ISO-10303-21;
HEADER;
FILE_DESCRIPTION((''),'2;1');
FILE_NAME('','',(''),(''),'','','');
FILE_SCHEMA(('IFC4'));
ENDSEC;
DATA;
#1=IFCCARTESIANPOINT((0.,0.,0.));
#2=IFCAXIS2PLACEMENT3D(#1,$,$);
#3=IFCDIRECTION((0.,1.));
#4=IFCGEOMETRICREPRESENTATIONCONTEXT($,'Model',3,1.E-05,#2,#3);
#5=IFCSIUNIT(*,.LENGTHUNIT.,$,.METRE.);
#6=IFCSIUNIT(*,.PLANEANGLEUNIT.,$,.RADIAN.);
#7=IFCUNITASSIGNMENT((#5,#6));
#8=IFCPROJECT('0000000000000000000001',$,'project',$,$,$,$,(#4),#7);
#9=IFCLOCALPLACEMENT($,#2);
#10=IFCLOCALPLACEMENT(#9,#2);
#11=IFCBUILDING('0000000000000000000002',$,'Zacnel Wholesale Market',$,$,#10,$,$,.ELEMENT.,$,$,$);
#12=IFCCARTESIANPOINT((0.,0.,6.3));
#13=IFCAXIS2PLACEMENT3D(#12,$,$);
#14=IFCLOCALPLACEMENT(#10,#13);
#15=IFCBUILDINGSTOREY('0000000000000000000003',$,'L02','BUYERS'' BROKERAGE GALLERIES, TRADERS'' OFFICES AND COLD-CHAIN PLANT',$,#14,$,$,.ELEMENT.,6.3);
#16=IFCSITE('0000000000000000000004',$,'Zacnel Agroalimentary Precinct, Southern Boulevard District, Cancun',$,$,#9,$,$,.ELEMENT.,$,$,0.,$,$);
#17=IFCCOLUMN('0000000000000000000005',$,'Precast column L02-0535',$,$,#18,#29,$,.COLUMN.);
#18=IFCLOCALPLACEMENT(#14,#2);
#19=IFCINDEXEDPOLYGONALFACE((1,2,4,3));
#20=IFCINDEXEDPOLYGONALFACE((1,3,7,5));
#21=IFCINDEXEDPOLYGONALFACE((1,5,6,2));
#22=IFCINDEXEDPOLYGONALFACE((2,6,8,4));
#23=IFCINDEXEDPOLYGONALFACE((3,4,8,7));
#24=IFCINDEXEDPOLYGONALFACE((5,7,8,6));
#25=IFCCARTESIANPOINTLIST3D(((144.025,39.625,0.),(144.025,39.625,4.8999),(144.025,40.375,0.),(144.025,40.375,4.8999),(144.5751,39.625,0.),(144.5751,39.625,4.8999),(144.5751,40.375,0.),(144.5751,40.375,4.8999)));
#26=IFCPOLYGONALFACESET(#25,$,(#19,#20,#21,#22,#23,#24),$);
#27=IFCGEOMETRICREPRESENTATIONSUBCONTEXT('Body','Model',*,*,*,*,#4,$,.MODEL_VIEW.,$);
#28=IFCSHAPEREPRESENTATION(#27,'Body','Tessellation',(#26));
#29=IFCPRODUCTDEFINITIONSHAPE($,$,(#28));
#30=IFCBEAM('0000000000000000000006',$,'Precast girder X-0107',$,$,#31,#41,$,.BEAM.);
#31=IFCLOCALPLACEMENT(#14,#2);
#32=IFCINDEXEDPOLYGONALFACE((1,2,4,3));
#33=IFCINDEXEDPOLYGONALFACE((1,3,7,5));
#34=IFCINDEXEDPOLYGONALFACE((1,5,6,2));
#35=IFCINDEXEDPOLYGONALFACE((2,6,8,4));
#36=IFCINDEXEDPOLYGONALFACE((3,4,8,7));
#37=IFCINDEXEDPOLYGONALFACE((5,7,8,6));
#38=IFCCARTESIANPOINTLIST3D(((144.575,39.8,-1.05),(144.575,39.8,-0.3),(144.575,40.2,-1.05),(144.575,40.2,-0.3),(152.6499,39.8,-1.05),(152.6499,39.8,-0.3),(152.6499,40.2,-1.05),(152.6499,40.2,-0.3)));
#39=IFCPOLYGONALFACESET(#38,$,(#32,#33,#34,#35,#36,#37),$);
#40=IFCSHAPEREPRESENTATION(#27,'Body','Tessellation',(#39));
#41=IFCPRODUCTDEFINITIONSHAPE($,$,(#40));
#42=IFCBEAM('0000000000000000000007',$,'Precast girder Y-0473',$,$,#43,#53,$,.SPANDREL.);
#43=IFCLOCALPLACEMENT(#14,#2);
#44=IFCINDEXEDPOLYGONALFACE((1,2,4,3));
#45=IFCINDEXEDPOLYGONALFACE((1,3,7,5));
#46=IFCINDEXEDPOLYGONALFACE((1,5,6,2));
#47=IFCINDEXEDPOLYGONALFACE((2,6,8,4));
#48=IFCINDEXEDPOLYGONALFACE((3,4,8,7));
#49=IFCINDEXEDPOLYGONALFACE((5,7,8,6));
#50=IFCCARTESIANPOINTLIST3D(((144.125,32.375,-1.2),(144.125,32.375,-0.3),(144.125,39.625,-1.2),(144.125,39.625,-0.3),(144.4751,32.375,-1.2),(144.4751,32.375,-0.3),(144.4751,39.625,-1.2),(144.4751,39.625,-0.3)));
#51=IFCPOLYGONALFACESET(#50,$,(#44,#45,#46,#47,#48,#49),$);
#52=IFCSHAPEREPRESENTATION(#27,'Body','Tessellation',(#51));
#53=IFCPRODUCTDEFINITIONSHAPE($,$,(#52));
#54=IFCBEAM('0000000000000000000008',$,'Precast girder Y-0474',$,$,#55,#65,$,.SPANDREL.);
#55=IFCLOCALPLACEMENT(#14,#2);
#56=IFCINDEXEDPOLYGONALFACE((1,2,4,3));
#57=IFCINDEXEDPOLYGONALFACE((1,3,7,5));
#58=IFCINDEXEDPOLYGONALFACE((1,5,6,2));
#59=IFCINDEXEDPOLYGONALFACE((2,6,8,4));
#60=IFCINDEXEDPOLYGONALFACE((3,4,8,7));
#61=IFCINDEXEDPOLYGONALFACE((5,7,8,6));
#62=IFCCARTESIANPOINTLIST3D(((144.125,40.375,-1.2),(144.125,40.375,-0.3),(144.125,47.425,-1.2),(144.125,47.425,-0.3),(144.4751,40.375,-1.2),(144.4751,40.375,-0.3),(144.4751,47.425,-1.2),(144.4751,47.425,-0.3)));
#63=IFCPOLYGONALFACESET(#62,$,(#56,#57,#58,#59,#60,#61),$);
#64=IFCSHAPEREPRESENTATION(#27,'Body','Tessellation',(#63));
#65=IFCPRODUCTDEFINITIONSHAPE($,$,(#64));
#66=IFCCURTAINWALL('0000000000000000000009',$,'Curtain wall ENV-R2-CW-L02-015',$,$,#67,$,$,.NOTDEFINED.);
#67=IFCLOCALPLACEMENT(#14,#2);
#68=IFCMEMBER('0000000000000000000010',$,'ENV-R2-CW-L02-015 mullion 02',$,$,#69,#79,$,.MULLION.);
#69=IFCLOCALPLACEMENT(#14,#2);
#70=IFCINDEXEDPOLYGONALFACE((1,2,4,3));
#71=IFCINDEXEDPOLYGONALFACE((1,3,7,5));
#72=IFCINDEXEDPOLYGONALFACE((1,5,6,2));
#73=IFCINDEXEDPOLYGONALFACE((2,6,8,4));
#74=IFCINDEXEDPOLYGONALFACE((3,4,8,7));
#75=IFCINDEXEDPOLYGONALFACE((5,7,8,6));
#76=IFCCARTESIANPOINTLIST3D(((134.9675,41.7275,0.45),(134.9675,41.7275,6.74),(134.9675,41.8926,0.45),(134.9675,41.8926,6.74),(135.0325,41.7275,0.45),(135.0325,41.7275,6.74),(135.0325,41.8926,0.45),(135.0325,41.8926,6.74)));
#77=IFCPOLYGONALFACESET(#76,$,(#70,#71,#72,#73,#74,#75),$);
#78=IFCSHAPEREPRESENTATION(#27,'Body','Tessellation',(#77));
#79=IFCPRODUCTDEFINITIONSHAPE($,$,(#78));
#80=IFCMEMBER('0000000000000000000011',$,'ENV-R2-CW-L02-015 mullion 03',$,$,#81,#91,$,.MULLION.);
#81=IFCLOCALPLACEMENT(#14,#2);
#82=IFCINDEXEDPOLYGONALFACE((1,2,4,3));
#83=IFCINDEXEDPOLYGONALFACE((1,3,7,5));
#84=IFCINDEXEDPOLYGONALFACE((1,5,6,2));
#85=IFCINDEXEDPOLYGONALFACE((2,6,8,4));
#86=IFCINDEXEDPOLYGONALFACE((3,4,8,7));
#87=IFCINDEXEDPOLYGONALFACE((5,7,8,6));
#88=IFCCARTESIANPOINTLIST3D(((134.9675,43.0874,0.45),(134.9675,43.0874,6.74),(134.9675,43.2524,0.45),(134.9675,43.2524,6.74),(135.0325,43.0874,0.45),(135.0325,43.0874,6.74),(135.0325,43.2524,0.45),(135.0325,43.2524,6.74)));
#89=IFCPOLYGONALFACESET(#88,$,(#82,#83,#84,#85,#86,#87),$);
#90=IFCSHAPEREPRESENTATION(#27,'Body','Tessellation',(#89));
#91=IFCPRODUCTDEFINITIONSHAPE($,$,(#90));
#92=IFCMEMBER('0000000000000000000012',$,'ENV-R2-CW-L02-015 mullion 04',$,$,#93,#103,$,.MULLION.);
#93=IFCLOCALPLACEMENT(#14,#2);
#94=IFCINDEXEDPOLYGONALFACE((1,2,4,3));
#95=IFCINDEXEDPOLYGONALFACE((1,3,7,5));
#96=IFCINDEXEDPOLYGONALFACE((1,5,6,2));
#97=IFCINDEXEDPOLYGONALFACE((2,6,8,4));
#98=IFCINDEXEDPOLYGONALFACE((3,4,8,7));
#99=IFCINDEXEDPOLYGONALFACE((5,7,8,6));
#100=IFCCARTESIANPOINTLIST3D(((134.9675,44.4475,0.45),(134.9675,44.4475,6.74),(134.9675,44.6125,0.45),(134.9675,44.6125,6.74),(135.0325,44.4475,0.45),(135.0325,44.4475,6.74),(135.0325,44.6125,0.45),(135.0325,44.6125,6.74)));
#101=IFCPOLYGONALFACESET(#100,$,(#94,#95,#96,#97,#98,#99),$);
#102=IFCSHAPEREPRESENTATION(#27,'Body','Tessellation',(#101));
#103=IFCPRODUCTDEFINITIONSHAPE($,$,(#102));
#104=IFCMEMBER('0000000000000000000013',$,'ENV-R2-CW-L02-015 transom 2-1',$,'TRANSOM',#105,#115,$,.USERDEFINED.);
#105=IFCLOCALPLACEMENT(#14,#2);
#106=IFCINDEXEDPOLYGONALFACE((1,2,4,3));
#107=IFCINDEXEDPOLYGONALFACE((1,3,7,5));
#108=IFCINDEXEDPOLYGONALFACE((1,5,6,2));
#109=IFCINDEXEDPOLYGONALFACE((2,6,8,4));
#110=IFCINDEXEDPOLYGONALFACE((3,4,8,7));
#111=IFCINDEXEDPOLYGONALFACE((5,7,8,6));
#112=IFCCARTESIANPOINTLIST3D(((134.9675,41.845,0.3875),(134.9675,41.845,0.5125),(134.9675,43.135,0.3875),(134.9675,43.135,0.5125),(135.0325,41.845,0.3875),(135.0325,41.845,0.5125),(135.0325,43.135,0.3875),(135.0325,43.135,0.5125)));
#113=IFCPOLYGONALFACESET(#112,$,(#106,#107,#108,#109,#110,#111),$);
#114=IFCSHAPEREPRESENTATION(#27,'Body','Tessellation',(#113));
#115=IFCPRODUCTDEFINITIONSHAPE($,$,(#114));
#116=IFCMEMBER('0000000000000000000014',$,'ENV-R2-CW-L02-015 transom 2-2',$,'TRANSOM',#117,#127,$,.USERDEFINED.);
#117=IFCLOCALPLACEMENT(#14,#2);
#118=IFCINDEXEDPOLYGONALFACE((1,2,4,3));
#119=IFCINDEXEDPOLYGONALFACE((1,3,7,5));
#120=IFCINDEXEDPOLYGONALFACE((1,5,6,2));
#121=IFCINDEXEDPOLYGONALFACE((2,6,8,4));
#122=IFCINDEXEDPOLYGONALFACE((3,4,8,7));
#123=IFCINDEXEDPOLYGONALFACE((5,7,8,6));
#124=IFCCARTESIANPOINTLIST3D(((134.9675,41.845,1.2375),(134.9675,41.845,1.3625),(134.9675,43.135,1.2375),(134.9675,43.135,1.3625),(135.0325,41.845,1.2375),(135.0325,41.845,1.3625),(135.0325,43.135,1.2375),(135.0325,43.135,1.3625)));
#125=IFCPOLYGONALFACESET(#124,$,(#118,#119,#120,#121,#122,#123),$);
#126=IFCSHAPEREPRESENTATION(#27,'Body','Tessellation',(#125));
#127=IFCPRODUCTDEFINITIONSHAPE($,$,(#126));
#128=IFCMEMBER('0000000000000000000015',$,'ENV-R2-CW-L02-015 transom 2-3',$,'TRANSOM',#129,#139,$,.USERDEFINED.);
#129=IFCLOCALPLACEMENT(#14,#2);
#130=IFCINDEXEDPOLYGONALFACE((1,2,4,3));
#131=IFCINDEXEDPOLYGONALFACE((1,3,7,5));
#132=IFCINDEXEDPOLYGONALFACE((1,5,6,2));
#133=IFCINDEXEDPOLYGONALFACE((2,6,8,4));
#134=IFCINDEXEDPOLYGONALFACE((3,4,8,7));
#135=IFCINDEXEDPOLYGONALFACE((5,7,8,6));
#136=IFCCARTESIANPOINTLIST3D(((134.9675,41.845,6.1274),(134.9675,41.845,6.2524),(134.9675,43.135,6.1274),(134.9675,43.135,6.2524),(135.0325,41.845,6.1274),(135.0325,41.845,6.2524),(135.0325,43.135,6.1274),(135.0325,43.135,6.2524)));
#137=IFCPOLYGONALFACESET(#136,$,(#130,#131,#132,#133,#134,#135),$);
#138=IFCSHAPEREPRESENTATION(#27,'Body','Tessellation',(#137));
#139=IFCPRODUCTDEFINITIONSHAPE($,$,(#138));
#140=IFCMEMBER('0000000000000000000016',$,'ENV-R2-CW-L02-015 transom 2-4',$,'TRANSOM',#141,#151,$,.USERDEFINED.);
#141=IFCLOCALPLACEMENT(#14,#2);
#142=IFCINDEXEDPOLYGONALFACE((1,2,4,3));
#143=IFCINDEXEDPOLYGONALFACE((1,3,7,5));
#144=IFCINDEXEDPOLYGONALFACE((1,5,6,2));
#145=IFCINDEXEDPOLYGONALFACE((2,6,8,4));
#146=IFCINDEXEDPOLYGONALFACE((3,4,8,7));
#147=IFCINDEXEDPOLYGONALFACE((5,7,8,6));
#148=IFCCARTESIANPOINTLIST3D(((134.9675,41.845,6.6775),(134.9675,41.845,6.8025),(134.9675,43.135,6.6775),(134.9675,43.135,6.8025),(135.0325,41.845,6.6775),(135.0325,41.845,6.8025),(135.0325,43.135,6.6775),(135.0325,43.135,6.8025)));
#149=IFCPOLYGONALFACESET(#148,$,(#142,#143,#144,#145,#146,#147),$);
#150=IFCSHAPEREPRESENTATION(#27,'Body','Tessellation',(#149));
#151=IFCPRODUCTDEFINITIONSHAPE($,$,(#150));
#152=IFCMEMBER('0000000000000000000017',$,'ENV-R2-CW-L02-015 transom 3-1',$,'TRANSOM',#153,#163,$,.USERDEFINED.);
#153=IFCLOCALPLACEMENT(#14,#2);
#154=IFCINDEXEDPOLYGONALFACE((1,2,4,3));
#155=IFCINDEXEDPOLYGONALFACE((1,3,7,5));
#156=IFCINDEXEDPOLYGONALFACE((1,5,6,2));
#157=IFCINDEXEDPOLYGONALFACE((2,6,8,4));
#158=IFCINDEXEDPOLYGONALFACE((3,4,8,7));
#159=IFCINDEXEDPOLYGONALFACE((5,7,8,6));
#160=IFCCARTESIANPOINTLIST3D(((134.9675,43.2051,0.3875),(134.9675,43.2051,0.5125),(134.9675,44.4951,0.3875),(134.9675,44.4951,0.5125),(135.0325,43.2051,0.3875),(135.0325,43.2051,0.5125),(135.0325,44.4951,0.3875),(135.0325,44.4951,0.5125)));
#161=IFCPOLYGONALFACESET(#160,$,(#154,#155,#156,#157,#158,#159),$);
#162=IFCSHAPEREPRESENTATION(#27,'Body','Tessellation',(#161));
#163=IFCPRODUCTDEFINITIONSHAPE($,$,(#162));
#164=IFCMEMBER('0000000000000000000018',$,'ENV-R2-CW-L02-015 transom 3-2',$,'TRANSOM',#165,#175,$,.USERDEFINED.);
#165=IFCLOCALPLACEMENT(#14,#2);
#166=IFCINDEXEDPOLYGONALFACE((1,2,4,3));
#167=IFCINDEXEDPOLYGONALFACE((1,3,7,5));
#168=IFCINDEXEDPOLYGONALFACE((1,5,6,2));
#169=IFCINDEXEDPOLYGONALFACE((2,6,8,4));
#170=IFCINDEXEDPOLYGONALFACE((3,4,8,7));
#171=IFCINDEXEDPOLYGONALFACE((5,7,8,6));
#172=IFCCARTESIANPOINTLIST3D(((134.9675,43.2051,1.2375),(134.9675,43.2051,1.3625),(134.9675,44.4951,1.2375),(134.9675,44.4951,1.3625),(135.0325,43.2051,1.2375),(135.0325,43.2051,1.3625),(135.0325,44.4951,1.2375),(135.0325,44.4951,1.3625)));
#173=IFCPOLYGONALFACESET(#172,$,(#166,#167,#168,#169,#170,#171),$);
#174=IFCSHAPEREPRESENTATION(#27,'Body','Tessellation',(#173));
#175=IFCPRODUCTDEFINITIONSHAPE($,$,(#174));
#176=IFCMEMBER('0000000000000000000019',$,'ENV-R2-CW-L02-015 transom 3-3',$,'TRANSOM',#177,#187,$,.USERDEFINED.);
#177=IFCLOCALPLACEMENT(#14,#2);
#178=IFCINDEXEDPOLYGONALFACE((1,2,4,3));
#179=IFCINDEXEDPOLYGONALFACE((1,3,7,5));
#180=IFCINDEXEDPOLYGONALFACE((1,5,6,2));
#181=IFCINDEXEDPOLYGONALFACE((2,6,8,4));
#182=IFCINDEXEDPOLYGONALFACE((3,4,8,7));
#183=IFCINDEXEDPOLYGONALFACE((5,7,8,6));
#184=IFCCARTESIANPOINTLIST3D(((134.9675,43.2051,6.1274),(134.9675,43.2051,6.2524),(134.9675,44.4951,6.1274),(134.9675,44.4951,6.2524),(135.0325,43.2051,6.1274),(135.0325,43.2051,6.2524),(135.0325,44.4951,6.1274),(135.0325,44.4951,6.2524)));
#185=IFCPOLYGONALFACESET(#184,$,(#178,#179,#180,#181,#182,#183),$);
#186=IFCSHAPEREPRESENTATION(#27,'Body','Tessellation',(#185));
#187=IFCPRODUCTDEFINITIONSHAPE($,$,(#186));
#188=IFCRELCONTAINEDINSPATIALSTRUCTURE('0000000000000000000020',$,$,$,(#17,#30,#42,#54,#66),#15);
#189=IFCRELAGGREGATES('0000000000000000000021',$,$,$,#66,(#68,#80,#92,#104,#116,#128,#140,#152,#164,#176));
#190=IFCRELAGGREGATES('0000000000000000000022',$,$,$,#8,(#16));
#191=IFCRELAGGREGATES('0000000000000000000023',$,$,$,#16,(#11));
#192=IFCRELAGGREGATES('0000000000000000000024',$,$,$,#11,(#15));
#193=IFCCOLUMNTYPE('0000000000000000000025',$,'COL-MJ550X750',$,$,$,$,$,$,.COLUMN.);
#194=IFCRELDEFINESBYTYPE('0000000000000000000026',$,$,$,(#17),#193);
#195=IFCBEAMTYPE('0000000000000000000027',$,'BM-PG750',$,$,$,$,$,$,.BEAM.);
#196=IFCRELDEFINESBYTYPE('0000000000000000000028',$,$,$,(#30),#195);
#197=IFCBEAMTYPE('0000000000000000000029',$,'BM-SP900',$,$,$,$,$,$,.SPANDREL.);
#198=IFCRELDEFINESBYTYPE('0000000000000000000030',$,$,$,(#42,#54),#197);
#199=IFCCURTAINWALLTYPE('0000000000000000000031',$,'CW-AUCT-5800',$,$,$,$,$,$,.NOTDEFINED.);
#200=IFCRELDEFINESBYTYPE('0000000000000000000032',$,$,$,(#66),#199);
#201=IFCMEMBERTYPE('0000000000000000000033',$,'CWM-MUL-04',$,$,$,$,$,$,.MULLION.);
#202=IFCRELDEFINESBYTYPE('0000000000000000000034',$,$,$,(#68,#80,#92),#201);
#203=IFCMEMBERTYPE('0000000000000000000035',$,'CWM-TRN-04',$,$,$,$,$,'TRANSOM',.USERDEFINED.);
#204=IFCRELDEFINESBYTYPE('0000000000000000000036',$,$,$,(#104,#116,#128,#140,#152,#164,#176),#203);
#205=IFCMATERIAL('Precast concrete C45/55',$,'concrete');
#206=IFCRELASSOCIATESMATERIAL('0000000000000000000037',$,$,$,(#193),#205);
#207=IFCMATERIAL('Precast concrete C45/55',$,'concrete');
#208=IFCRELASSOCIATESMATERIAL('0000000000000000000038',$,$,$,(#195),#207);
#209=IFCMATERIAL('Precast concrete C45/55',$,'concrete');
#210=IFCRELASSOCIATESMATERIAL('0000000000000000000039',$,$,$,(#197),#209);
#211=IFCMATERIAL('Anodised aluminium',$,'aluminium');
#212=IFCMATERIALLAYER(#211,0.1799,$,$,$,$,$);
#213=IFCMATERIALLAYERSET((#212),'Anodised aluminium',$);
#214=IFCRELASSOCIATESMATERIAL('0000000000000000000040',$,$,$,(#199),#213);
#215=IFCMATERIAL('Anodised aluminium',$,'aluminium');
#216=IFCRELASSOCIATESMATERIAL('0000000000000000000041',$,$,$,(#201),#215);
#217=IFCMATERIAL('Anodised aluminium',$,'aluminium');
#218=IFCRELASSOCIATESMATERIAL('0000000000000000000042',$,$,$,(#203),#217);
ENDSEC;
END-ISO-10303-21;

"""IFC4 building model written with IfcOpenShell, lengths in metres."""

from ifc_helpers import new_model, si_unit, direction, frame, origin, origin_2d, place, context, subcontext, project, spatial, rectangle, extrude, material, layer, layer_set, material_profile, profile_set, type_object, element, aggregate, save


model = new_model("IFC4")

# Units and contexts
model_context = context("Model", 3, precision=1e-05, world=origin(), true_north=direction((0.0, 1.0)))
body_context = subcontext(model_context, "Body", "Model", "MODEL_VIEW")
ifc_project = project(units=[si_unit("LENGTHUNIT", "METRE"), si_unit("PLANEANGLEUNIT", "RADIAN")], contexts=[model_context])

# Site, building, storey
site_placement = place(None, origin())
site = spatial("IfcSite", under=ifc_project, at=site_placement, Name="Zacnel Agroalimentary Precinct, Southern Boulevard District, Cancun", CompositionType="ELEMENT", RefElevation=0.0)
building_placement = place(site_placement, origin())
building = spatial("IfcBuilding", under=site, at=building_placement, Name="Zacnel Wholesale Market", CompositionType="ELEMENT")
storey_placement = place(building_placement, frame((0.0, 0.0, 6.3)))
storey = spatial("IfcBuildingStorey", under=building, at=storey_placement, Name="L02", Description="BUYERS' BROKERAGE GALLERIES, TRADERS' OFFICES AND COLD-CHAIN PLANT", CompositionType="ELEMENT", Elevation=6.3)

# Column
ifc_material_1 = material(Name="Precast concrete C45/55", Category="concrete")
ifc_material_profile_1 = material_profile(ifc_material_1, rectangle(XDim=0.55, YDim=0.75, at=origin_2d()), Name="PC 550x750")
ifc_profile_set_1 = profile_set([ifc_material_profile_1], Name="Precast concrete C45/55")
column_type = type_object("IfcColumnType", Name="COL-MJ550X750", PredefinedType="COLUMN", material=ifc_profile_set_1)
column_placement = place(storey_placement, frame((144.3, 40.0, 0.0), z_axis=(0.0, 0.0, 1.0), x_axis=(1.0, 0.0, 0.0)))
element("IfcColumn", 1, at=column_placement, inside=storey, type_object=column_type, Name="Precast column L02-0535", PredefinedType="COLUMN", context=body_context, shape_type="SweptSolid", body=[
    extrude(rectangle(XDim=0.55, YDim=0.75, at=origin_2d()), origin(), (0.0, 0.0, 1.0), 4.8999),
])

# Beams
ifc_material_2 = material(Name="Precast concrete C45/55", Category="concrete")
ifc_material_profile_2 = material_profile(ifc_material_2, rectangle(XDim=0.3999, YDim=0.75, at=origin_2d()), Name="PG 400x750")
ifc_profile_set_2 = profile_set([ifc_material_profile_2], Name="Precast concrete C45/55")
beam_type_1 = type_object("IfcBeamType", Name="BM-PG750", PredefinedType="BEAM", material=ifc_profile_set_2)
beam_1_placement = place(storey_placement, frame((144.575, 40.0, -0.675), z_axis=(1.0, 0.0, 0.0), x_axis=(0.0, 1.0, 0.0)))
element("IfcBeam", 2, at=beam_1_placement, inside=storey, type_object=beam_type_1, Name="Precast girder X-0107", PredefinedType="BEAM", context=body_context, shape_type="SweptSolid", body=[
    extrude(rectangle(XDim=0.3999, YDim=0.75, at=origin_2d()), origin(), (0.0, 0.0, 1.0), 8.075),
])
ifc_material_3 = material(Name="Precast concrete C45/55", Category="concrete")
ifc_material_profile_3 = material_profile(ifc_material_3, rectangle(XDim=0.3501, YDim=0.8999, at=origin_2d()), Name="SP 350x900")
ifc_profile_set_3 = profile_set([ifc_material_profile_3], Name="Precast concrete C45/55")
beam_type_2 = type_object("IfcBeamType", Name="BM-SP900", PredefinedType="SPANDREL", material=ifc_profile_set_3)
beam_2_placement = place(storey_placement, frame((144.3, 32.375, -0.75), z_axis=(0.0, 1.0, 0.0), x_axis=(-1.0, 0.0, 0.0)))
element("IfcBeam", 3, at=beam_2_placement, inside=storey, type_object=beam_type_2, Name="Precast girder Y-0473", PredefinedType="SPANDREL", context=body_context, shape_type="SweptSolid", body=[
    extrude(rectangle(XDim=0.3501, YDim=0.8999, at=origin_2d()), origin(), (0.0, 0.0, 1.0), 7.25),
])
beam_3_placement = place(storey_placement, frame((144.3, 40.375, -0.75), z_axis=(0.0, 1.0, 0.0), x_axis=(-1.0, 0.0, 0.0)))
element("IfcBeam", 4, at=beam_3_placement, inside=storey, type_object=beam_type_2, Name="Precast girder Y-0474", PredefinedType="SPANDREL", context=body_context, shape_type="SweptSolid", body=[
    extrude(rectangle(XDim=0.3501, YDim=0.8999, at=origin_2d()), origin(), (0.0, 0.0, 1.0), 7.05),
])

# Curtain wall, members
ifc_material_4 = material(Name="Anodised aluminium", Category="aluminium")
ifc_layer_1 = layer(ifc_material_4, 0.1799)
ifc_layer_set_1 = layer_set([ifc_layer_1], Name="Anodised aluminium")
curtain_wall_type = type_object("IfcCurtainWallType", Name="CW-AUCT-5800", PredefinedType="NOTDEFINED", material=ifc_layer_set_1)
curtain_wall_placement = place(storey_placement, origin())
curtain_wall = element("IfcCurtainWall", 5, at=curtain_wall_placement, inside=storey, type_object=curtain_wall_type, Name="Curtain wall ENV-R2-CW-L02-015", PredefinedType="NOTDEFINED")
ifc_material_5 = material(Name="Anodised aluminium", Category="aluminium")
ifc_material_profile_4 = material_profile(ifc_material_5, rectangle(XDim=0.0649, YDim=0.165, at=origin_2d()), Name="AW-MULLION 65x165")
ifc_profile_set_4 = profile_set([ifc_material_profile_4], Name="Anodised aluminium")
member_type_1 = type_object("IfcMemberType", Name="CWM-MUL-04", PredefinedType="MULLION", material=ifc_profile_set_4)
member_1_placement = place(storey_placement, frame((135.0, 41.8101, 0.45), z_axis=(0.0, 0.0, 1.0), x_axis=(1.0, 0.0, 0.0)))
member_1 = element("IfcMember", 6, at=member_1_placement, type_object=member_type_1, Name="ENV-R2-CW-L02-015 mullion 02", PredefinedType="MULLION", context=body_context, shape_type="SweptSolid", body=[
    extrude(rectangle(XDim=0.0649, YDim=0.165, at=origin_2d()), origin(), (0.0, 0.0, 1.0), 6.29),
])
member_2_placement = place(storey_placement, frame((135.0, 43.1699, 0.45), z_axis=(0.0, 0.0, 1.0), x_axis=(1.0, 0.0, 0.0)))
member_2 = element("IfcMember", 7, at=member_2_placement, type_object=member_type_1, Name="ENV-R2-CW-L02-015 mullion 03", PredefinedType="MULLION", context=body_context, shape_type="SweptSolid", body=[
    extrude(rectangle(XDim=0.0649, YDim=0.165, at=origin_2d()), origin(), (0.0, 0.0, 1.0), 6.29),
])
member_3_placement = place(storey_placement, frame((135.0, 44.53, 0.45), z_axis=(0.0, 0.0, 1.0), x_axis=(1.0, 0.0, 0.0)))
member_3 = element("IfcMember", 8, at=member_3_placement, type_object=member_type_1, Name="ENV-R2-CW-L02-015 mullion 04", PredefinedType="MULLION", context=body_context, shape_type="SweptSolid", body=[
    extrude(rectangle(XDim=0.0649, YDim=0.165, at=origin_2d()), origin(), (0.0, 0.0, 1.0), 6.29),
])
ifc_material_6 = material(Name="Anodised aluminium", Category="aluminium")
ifc_material_profile_5 = material_profile(ifc_material_6, rectangle(XDim=0.0649, YDim=0.125, at=origin_2d()), Name="AW-TRANSOM 65x125")
ifc_profile_set_5 = profile_set([ifc_material_profile_5], Name="Anodised aluminium")
member_type_2 = type_object("IfcMemberType", Name="CWM-TRN-04", ElementType="TRANSOM", PredefinedType="USERDEFINED", material=ifc_profile_set_5)
member_4_placement = place(storey_placement, frame((135.0, 41.845, 0.45), z_axis=(0.0, 1.0, 0.0), x_axis=(-1.0, 0.0, 0.0)))
member_4 = element("IfcMember", 9, at=member_4_placement, type_object=member_type_2, Name="ENV-R2-CW-L02-015 transom 2-1", ObjectType="TRANSOM", PredefinedType="USERDEFINED", context=body_context, shape_type="SweptSolid", body=[
    extrude(rectangle(XDim=0.0649, YDim=0.125, at=origin_2d()), origin(), (0.0, 0.0, 1.0), 1.29),
])
member_5_placement = place(storey_placement, frame((135.0, 41.845, 1.3), z_axis=(0.0, 1.0, 0.0), x_axis=(-1.0, 0.0, 0.0)))
member_5 = element("IfcMember", 10, at=member_5_placement, type_object=member_type_2, Name="ENV-R2-CW-L02-015 transom 2-2", ObjectType="TRANSOM", PredefinedType="USERDEFINED", context=body_context, shape_type="SweptSolid", body=[
    extrude(rectangle(XDim=0.0649, YDim=0.125, at=origin_2d()), origin(), (0.0, 0.0, 1.0), 1.29),
])
member_6_placement = place(storey_placement, frame((135.0, 41.845, 6.1899), z_axis=(0.0, 1.0, 0.0), x_axis=(-1.0, 0.0, 0.0)))
member_6 = element("IfcMember", 11, at=member_6_placement, type_object=member_type_2, Name="ENV-R2-CW-L02-015 transom 2-3", ObjectType="TRANSOM", PredefinedType="USERDEFINED", context=body_context, shape_type="SweptSolid", body=[
    extrude(rectangle(XDim=0.0649, YDim=0.125, at=origin_2d()), origin(), (0.0, 0.0, 1.0), 1.29),
])
member_7_placement = place(storey_placement, frame((135.0, 41.845, 6.74), z_axis=(0.0, 1.0, 0.0), x_axis=(-1.0, 0.0, 0.0)))
member_7 = element("IfcMember", 12, at=member_7_placement, type_object=member_type_2, Name="ENV-R2-CW-L02-015 transom 2-4", ObjectType="TRANSOM", PredefinedType="USERDEFINED", context=body_context, shape_type="SweptSolid", body=[
    extrude(rectangle(XDim=0.0649, YDim=0.125, at=origin_2d()), origin(), (0.0, 0.0, 1.0), 1.29),
])
member_8_placement = place(storey_placement, frame((135.0, 43.2051, 0.45), z_axis=(0.0, 1.0, 0.0), x_axis=(-1.0, 0.0, 0.0)))
member_8 = element("IfcMember", 13, at=member_8_placement, type_object=member_type_2, Name="ENV-R2-CW-L02-015 transom 3-1", ObjectType="TRANSOM", PredefinedType="USERDEFINED", context=body_context, shape_type="SweptSolid", body=[
    extrude(rectangle(XDim=0.0649, YDim=0.125, at=origin_2d()), origin(), (0.0, 0.0, 1.0), 1.29),
])
member_9_placement = place(storey_placement, frame((135.0, 43.2051, 1.3), z_axis=(0.0, 1.0, 0.0), x_axis=(-1.0, 0.0, 0.0)))
member_9 = element("IfcMember", 14, at=member_9_placement, type_object=member_type_2, Name="ENV-R2-CW-L02-015 transom 3-2", ObjectType="TRANSOM", PredefinedType="USERDEFINED", context=body_context, shape_type="SweptSolid", body=[
    extrude(rectangle(XDim=0.0649, YDim=0.125, at=origin_2d()), origin(), (0.0, 0.0, 1.0), 1.29),
])
member_10_placement = place(storey_placement, frame((135.0, 43.2051, 6.1899), z_axis=(0.0, 1.0, 0.0), x_axis=(-1.0, 0.0, 0.0)))
member_10 = element("IfcMember", 15, at=member_10_placement, type_object=member_type_2, Name="ENV-R2-CW-L02-015 transom 3-3", ObjectType="TRANSOM", PredefinedType="USERDEFINED", context=body_context, shape_type="SweptSolid", body=[
    extrude(rectangle(XDim=0.0649, YDim=0.125, at=origin_2d()), origin(), (0.0, 0.0, 1.0), 1.29),
])
aggregate(curtain_wall, [member_1, member_2, member_3, member_4, member_5, member_6, member_7, member_8, member_9, member_10])

save(model, "model.ifc")
